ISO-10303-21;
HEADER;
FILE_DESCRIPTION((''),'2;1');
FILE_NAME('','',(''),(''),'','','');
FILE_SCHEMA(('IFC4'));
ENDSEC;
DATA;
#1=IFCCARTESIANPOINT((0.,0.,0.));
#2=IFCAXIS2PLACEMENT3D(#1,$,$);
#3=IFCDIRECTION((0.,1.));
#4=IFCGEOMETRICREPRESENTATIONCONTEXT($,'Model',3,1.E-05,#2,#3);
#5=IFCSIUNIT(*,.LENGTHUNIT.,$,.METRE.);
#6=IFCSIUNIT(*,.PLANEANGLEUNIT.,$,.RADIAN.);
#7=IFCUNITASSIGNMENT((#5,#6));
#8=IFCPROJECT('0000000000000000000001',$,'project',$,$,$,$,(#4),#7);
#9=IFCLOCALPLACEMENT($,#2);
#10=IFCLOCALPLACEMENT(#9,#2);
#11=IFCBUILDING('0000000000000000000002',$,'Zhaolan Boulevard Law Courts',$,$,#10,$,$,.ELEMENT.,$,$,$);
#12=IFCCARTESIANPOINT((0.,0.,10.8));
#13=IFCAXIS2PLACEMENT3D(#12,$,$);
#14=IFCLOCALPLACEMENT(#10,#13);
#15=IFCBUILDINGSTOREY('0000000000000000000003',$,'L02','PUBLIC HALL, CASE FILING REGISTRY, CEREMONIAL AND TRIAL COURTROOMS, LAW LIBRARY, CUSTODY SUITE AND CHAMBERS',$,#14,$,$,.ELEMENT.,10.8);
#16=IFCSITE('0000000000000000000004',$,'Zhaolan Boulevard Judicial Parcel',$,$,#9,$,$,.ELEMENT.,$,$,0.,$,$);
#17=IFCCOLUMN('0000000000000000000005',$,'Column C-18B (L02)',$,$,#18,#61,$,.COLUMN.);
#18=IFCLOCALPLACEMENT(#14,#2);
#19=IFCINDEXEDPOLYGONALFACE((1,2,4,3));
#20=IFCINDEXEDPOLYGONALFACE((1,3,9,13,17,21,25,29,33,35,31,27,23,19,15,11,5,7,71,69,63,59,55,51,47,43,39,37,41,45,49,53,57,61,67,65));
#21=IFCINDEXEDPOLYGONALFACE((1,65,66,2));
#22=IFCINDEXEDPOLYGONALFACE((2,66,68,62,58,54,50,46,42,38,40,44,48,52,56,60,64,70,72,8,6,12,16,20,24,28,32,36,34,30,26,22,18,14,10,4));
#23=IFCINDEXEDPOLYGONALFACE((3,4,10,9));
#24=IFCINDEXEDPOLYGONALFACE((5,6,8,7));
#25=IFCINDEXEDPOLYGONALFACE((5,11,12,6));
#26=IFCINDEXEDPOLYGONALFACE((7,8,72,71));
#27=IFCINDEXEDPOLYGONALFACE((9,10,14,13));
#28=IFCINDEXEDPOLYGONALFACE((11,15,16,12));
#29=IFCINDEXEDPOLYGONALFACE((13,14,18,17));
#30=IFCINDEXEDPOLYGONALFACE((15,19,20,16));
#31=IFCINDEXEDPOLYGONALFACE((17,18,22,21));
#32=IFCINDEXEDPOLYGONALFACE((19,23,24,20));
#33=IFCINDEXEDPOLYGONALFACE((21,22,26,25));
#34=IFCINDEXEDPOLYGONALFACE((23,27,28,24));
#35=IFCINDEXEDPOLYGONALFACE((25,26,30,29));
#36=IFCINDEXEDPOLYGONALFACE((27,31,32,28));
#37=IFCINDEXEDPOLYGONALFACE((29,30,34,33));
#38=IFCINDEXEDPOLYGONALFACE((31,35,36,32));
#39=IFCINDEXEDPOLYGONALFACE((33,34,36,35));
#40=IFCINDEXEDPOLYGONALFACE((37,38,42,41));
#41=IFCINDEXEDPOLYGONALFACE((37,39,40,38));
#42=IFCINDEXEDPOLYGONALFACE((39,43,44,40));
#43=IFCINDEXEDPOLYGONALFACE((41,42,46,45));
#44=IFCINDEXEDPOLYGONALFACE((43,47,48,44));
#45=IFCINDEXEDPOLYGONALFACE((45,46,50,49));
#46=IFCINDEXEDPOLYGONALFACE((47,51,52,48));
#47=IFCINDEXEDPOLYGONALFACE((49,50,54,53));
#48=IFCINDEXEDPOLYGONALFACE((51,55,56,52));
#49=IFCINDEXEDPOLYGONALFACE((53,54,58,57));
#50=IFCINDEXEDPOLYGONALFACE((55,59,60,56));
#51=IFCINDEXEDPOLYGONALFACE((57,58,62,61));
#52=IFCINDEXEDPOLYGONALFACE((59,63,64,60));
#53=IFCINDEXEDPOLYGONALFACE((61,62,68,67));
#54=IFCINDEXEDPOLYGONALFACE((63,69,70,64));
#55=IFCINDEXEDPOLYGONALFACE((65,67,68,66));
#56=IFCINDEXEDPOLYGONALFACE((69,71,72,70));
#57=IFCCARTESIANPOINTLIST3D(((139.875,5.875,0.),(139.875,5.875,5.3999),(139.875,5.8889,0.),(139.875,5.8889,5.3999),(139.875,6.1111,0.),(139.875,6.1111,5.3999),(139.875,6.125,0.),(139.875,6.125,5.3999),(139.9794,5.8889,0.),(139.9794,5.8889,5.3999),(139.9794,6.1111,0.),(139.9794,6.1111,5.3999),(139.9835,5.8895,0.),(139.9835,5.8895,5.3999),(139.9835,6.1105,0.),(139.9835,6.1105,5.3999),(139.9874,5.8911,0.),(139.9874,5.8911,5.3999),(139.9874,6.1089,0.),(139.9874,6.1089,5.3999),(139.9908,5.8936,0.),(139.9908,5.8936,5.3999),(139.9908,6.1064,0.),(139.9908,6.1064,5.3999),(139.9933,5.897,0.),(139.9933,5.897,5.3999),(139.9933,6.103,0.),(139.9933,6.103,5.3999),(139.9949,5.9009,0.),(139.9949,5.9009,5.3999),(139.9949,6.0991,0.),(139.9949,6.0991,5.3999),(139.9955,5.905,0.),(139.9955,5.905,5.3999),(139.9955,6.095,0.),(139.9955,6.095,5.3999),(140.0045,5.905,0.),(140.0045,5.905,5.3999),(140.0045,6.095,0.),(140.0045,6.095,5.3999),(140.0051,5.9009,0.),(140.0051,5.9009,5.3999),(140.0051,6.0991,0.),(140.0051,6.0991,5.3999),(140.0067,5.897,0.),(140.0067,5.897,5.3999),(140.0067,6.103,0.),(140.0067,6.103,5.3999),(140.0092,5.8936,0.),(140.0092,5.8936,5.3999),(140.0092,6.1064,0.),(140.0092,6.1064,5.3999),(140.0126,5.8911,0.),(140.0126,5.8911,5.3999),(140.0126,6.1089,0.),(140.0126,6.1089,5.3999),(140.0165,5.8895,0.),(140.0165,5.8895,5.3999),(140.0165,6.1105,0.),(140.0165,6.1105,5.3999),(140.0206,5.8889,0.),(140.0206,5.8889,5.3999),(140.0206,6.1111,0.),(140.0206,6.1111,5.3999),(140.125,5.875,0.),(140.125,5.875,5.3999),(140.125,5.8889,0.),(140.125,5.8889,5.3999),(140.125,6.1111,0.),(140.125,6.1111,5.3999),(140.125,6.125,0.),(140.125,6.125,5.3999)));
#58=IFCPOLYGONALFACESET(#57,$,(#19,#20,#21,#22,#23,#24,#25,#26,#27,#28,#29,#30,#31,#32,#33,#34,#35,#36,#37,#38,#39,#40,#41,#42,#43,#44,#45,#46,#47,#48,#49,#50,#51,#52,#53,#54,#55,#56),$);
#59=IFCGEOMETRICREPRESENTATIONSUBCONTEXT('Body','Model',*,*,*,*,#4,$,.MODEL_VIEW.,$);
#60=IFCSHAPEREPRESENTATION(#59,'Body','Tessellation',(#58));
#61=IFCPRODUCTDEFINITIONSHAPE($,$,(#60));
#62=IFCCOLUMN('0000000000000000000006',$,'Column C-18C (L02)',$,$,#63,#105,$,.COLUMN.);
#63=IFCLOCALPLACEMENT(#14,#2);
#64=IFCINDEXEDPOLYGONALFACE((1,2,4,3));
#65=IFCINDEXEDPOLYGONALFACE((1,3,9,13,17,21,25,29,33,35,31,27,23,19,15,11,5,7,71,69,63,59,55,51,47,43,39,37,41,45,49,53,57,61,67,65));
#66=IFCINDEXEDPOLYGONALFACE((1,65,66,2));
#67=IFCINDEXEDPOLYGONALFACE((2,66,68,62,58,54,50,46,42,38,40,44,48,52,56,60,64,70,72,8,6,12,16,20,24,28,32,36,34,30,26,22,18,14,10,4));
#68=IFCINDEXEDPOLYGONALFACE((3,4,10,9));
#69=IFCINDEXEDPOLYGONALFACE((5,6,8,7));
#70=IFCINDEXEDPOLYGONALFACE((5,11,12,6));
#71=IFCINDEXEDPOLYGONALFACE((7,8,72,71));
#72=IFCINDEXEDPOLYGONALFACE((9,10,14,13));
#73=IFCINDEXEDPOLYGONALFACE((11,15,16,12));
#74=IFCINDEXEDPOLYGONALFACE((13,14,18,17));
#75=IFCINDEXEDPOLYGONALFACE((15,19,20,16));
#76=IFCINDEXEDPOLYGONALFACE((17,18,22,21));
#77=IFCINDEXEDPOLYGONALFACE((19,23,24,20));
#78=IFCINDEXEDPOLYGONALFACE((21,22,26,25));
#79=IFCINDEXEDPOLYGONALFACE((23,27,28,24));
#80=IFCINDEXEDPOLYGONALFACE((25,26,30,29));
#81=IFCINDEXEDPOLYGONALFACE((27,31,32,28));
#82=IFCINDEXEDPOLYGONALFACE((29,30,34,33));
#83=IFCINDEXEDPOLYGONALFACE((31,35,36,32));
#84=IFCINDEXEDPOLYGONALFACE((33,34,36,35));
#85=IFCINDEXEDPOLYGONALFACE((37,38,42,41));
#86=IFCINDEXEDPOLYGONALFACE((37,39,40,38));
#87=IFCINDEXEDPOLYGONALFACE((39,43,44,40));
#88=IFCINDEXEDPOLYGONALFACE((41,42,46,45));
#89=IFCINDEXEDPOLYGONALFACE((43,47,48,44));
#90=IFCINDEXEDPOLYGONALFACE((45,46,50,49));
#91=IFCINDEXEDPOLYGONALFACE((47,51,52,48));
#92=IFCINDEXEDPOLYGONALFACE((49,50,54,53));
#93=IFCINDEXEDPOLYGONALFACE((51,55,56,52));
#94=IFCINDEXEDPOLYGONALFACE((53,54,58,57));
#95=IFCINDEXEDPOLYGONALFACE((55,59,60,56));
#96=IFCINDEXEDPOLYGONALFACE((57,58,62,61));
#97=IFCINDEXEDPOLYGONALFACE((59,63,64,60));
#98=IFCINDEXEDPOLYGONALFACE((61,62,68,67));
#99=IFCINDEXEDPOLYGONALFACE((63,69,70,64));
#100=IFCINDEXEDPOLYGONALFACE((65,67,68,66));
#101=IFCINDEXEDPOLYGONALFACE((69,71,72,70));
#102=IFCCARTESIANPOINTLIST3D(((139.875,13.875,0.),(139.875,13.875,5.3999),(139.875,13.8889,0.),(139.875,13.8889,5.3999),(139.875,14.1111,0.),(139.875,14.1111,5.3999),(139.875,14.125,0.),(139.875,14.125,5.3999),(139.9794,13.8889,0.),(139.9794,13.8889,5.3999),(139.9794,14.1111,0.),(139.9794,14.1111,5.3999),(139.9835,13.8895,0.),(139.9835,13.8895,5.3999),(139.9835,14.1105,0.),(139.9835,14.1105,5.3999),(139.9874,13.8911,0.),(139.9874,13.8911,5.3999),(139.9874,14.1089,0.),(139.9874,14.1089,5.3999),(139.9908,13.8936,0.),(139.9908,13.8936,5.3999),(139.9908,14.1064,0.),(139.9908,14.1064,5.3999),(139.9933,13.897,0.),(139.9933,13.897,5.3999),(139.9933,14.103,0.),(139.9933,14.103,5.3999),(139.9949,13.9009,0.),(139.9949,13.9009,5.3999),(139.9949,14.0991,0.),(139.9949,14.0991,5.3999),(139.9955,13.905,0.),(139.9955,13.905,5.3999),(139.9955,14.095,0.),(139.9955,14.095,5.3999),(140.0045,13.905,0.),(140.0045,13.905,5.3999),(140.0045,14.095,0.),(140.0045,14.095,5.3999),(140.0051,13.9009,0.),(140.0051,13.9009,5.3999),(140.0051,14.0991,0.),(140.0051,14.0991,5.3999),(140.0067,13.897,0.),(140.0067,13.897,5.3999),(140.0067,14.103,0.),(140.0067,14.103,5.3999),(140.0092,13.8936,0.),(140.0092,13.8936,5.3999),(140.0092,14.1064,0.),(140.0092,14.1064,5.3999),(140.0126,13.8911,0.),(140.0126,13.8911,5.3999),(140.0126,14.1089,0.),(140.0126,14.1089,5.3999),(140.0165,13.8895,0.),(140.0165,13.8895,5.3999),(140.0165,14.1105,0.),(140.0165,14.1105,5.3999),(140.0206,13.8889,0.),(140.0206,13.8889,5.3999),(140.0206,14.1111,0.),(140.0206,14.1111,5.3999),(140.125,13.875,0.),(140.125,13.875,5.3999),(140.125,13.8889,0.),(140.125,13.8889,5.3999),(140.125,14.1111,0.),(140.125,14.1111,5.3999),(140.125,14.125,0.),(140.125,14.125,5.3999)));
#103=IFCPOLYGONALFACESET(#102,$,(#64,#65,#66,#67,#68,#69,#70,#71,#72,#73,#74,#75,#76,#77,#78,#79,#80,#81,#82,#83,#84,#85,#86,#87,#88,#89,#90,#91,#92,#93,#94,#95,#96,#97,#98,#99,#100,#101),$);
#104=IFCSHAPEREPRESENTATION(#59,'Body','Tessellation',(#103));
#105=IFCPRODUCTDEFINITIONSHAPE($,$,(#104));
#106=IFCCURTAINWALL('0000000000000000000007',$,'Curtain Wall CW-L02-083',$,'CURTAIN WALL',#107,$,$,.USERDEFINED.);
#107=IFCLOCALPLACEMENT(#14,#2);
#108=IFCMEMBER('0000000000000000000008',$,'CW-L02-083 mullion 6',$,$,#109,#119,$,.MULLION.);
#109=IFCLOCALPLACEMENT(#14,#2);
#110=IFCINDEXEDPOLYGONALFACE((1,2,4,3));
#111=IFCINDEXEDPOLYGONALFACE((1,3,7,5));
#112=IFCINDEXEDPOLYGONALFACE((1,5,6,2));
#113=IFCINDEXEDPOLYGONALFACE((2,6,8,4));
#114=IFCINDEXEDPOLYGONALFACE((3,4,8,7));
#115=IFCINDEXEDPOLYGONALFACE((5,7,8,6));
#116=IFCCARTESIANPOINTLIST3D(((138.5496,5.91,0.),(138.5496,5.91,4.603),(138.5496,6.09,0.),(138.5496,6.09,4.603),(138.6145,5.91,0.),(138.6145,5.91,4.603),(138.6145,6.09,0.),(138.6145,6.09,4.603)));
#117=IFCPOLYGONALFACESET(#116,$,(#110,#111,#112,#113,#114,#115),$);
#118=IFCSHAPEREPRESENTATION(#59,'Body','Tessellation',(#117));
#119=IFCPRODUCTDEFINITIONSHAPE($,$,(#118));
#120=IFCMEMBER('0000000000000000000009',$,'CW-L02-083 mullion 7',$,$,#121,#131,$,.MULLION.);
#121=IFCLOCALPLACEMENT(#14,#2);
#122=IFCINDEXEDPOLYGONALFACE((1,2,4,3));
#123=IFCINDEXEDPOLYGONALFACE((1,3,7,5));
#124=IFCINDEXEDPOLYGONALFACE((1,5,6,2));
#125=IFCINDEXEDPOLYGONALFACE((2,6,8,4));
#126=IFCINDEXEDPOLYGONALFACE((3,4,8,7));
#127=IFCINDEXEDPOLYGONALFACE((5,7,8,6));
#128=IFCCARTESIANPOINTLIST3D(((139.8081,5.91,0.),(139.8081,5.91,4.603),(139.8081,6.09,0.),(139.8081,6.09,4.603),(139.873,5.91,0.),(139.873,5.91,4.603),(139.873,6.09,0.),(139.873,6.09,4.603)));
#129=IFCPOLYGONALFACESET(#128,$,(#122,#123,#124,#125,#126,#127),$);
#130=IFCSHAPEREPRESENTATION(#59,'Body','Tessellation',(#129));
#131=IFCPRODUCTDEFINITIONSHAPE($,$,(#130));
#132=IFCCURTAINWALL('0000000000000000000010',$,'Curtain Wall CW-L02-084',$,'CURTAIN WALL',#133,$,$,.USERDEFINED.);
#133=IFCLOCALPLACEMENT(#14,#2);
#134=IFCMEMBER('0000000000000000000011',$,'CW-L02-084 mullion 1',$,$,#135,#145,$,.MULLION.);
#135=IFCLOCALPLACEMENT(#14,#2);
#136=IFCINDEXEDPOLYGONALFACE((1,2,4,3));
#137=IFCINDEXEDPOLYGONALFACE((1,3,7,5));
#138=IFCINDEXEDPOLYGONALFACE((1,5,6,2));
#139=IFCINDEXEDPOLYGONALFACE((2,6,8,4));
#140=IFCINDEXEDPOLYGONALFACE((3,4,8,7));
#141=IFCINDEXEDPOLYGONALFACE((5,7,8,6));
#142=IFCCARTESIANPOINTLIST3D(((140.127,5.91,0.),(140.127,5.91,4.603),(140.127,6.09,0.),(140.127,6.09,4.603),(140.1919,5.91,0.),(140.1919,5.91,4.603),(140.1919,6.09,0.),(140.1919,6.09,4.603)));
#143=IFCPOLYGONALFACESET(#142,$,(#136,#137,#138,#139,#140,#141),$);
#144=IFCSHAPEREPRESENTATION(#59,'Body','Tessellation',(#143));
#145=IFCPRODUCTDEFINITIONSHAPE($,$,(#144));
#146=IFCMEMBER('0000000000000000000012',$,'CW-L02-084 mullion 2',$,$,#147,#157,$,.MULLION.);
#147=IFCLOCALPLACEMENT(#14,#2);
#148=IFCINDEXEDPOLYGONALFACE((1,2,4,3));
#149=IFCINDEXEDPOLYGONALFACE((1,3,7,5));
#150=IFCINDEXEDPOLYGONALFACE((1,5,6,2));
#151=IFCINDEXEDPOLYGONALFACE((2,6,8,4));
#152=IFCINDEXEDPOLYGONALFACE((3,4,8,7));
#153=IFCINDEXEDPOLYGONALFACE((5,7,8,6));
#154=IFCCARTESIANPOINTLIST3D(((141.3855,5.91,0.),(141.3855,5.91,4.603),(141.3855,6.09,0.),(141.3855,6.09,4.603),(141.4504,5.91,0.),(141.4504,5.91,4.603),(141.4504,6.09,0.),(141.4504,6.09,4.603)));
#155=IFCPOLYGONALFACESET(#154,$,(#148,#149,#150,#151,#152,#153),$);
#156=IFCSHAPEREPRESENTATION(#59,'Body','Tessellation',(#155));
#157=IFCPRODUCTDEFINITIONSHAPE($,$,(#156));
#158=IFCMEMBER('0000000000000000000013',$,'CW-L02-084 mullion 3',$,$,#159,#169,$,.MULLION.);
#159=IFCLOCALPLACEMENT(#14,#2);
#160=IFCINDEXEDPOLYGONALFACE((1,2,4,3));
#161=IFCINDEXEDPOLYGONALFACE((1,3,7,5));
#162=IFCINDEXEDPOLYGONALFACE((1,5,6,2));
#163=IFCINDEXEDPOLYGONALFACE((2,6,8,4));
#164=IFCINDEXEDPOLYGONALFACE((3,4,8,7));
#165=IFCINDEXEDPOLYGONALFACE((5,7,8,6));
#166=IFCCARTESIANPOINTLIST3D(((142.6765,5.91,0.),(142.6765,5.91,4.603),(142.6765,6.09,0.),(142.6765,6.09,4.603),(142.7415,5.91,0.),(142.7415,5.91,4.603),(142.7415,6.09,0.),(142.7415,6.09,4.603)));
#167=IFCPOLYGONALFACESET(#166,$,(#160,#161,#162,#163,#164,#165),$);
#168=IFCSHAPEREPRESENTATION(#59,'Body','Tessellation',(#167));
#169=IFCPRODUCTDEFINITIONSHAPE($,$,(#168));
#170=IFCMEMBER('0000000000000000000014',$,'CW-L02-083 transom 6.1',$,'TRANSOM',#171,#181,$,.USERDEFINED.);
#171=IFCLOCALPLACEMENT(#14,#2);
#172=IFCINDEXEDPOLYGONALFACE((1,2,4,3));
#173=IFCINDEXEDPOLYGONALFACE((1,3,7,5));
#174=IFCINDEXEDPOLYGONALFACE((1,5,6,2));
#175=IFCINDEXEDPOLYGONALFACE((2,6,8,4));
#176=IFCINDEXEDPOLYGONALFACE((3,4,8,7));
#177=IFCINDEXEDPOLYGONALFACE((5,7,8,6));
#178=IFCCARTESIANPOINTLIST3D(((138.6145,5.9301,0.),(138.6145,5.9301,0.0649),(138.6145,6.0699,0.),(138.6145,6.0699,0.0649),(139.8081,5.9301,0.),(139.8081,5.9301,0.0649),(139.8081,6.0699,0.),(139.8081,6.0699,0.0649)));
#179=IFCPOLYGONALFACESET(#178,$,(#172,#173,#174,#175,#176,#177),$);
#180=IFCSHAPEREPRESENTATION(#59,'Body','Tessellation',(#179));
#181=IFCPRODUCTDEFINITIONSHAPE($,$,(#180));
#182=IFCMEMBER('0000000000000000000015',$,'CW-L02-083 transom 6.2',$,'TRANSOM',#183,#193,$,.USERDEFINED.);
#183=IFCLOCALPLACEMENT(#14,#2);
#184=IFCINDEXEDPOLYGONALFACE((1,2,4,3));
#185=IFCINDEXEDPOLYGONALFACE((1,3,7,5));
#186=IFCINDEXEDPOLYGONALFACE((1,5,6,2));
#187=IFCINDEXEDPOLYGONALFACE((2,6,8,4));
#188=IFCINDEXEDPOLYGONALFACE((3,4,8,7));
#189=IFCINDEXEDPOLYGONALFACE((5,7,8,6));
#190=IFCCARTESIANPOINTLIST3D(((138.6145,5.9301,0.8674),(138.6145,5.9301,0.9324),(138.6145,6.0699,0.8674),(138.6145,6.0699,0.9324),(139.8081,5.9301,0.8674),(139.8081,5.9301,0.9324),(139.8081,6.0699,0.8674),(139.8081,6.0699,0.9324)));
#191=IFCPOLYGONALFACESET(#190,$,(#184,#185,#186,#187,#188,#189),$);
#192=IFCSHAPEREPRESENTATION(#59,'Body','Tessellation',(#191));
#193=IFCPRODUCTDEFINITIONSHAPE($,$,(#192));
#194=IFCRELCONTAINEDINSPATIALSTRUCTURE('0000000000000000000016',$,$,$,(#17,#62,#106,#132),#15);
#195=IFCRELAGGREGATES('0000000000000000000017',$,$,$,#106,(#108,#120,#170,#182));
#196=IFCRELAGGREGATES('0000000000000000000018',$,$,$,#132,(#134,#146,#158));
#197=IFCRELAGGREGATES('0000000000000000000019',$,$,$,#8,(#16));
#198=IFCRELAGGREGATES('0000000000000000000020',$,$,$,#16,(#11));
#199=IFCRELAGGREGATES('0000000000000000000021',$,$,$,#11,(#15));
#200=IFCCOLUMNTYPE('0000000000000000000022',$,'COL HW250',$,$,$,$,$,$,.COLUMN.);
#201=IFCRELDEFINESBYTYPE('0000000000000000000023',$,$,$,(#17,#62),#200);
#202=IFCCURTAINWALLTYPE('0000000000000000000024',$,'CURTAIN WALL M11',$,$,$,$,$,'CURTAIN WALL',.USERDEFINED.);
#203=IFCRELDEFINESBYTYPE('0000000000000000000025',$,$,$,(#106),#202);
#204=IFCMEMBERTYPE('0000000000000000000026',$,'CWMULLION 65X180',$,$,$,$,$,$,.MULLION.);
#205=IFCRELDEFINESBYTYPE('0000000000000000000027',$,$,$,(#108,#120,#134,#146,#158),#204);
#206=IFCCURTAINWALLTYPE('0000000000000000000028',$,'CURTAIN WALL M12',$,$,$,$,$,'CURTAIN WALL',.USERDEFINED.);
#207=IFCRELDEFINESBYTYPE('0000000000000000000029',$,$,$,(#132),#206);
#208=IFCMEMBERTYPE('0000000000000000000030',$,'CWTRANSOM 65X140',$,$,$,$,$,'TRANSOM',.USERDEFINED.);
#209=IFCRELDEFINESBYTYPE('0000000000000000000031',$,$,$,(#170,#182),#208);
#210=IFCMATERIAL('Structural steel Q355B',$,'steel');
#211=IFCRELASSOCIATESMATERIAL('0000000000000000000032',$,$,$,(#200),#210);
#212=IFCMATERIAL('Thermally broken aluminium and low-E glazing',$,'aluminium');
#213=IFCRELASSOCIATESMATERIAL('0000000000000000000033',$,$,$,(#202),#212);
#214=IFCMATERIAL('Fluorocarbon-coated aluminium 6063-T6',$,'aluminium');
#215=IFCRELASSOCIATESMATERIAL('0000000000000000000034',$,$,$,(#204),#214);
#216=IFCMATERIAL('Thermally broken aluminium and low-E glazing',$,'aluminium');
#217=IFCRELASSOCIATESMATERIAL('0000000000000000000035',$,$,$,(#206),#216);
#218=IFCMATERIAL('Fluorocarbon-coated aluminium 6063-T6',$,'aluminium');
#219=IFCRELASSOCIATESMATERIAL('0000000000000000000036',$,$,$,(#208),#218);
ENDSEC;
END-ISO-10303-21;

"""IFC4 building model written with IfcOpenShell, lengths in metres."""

from ifc_helpers import new_model, si_unit, direction, frame, origin, origin_2d, place, context, subcontext, project, spatial, rectangle, i_section, extrude, material, material_profile, profile_set, type_object, element, aggregate, save


model = new_model("IFC4")

# Units and contexts
model_context = context("Model", 3, precision=1e-05, world=origin(), true_north=direction((0.0, 1.0)))
body_context = subcontext(model_context, "Body", "Model", "MODEL_VIEW")
ifc_project = project(units=[si_unit("LENGTHUNIT", "METRE"), si_unit("PLANEANGLEUNIT", "RADIAN")], contexts=[model_context])

# Site, building, storey
site_placement = place(None, origin())
site = spatial("IfcSite", under=ifc_project, at=site_placement, Name="Zhaolan Boulevard Judicial Parcel", CompositionType="ELEMENT", RefElevation=0.0)
building_placement = place(site_placement, origin())
building = spatial("IfcBuilding", under=site, at=building_placement, Name="Zhaolan Boulevard Law Courts", CompositionType="ELEMENT")
storey_placement = place(building_placement, frame((0.0, 0.0, 10.8)))
storey = spatial("IfcBuildingStorey", under=building, at=storey_placement, Name="L02", Description="PUBLIC HALL, CASE FILING REGISTRY, CEREMONIAL AND TRIAL COURTROOMS, LAW LIBRARY, CUSTODY SUITE AND CHAMBERS", CompositionType="ELEMENT", Elevation=10.8)

# Columns
ifc_material_1 = material(Name="Structural steel Q355B", Category="steel")
ifc_material_profile_1 = material_profile(ifc_material_1, i_section(OverallWidth=0.25, OverallDepth=0.25, WebThickness=0.009, FlangeThickness=0.0139, FilletRadius=0.0161, at=origin_2d()), Name="HW250x250")
ifc_profile_set_1 = profile_set([ifc_material_profile_1], Name="Structural steel Q355B")
column_type = type_object("IfcColumnType", Name="COL HW250", PredefinedType="COLUMN", material=ifc_profile_set_1)
for number, where, z_axis, x_axis, name in (
    (1, (140.0, 6.0, 0.0), (0.0, 0.0, 1.0), (1.0, 0.0, 0.0), "Column C-18B (L02)"),
    (2, (140.0, 14.0, 0.0), (0.0, 0.0, 1.0), (1.0, 0.0, 0.0), "Column C-18C (L02)"),
):
    element("IfcColumn", number, at=place(storey_placement, frame(where, z_axis=z_axis, x_axis=x_axis)), inside=storey, type_object=column_type, Name=name, PredefinedType="COLUMN", context=body_context, shape_type="SweptSolid", body=[
        extrude(i_section(OverallWidth=0.25, OverallDepth=0.25, WebThickness=0.009, FlangeThickness=0.0139, FilletRadius=0.0161, at=origin_2d()), origin(), (0.0, 0.0, 1.0), 5.3999),
    ])

# Curtain walls, members
ifc_material_2 = material(Name="Thermally broken aluminium and low-E glazing", Category="aluminium")
curtain_wall_type_1 = type_object("IfcCurtainWallType", Name="CURTAIN WALL M11", ElementType="CURTAIN WALL", PredefinedType="USERDEFINED", material=ifc_material_2)
curtain_wall_1_placement = place(storey_placement, origin())
curtain_wall_1 = element("IfcCurtainWall", 3, at=curtain_wall_1_placement, inside=storey, type_object=curtain_wall_type_1, Name="Curtain Wall CW-L02-083", ObjectType="CURTAIN WALL", PredefinedType="USERDEFINED")
ifc_material_3 = material(Name="Fluorocarbon-coated aluminium 6063-T6", Category="aluminium")
ifc_material_profile_2 = material_profile(ifc_material_3, rectangle(XDim=0.1799, YDim=0.0649, at=origin_2d()), Name="AL65x180")
ifc_profile_set_2 = profile_set([ifc_material_profile_2], Name="Fluorocarbon-coated aluminium 6063-T6")
member_type_1 = type_object("IfcMemberType", Name="CWMULLION 65X180", PredefinedType="MULLION", material=ifc_profile_set_2)
member_1_placement = place(storey_placement, frame((138.582, 6.0, 0.0), z_axis=(0.0, 0.0, 1.0), x_axis=(0.0, 1.0, 0.0)))
member_1 = element("IfcMember", 4, at=member_1_placement, type_object=member_type_1, Name="CW-L02-083 mullion 6", PredefinedType="MULLION", context=body_context, shape_type="SweptSolid", body=[
    extrude(rectangle(XDim=0.1799, YDim=0.0649, at=origin_2d()), origin(), (0.0, 0.0, 1.0), 4.603),
])
member_2_placement = place(storey_placement, frame((139.8406, 6.0, 0.0), z_axis=(0.0, 0.0, 1.0), x_axis=(0.0, 1.0, 0.0)))
member_2 = element("IfcMember", 5, at=member_2_placement, type_object=member_type_1, Name="CW-L02-083 mullion 7", PredefinedType="MULLION", context=body_context, shape_type="SweptSolid", body=[
    extrude(rectangle(XDim=0.1799, YDim=0.0649, at=origin_2d()), origin(), (0.0, 0.0, 1.0), 4.603),
])
ifc_material_4 = material(Name="Thermally broken aluminium and low-E glazing", Category="aluminium")
curtain_wall_type_2 = type_object("IfcCurtainWallType", Name="CURTAIN WALL M12", ElementType="CURTAIN WALL", PredefinedType="USERDEFINED", material=ifc_material_4)
curtain_wall_2_placement = place(storey_placement, origin())
curtain_wall_2 = element("IfcCurtainWall", 6, at=curtain_wall_2_placement, inside=storey, type_object=curtain_wall_type_2, Name="Curtain Wall CW-L02-084", ObjectType="CURTAIN WALL", PredefinedType="USERDEFINED")
member_3_placement = place(storey_placement, frame((140.1594, 6.0, 0.0), z_axis=(0.0, 0.0, 1.0), x_axis=(0.0, 1.0, 0.0)))
member_3 = element("IfcMember", 7, at=member_3_placement, type_object=member_type_1, Name="CW-L02-084 mullion 1", PredefinedType="MULLION", context=body_context, shape_type="SweptSolid", body=[
    extrude(rectangle(XDim=0.1799, YDim=0.0649, at=origin_2d()), origin(), (0.0, 0.0, 1.0), 4.603),
])
member_4_placement = place(storey_placement, frame((141.418, 6.0, 0.0), z_axis=(0.0, 0.0, 1.0), x_axis=(0.0, 1.0, 0.0)))
member_4 = element("IfcMember", 8, at=member_4_placement, type_object=member_type_1, Name="CW-L02-084 mullion 2", PredefinedType="MULLION", context=body_context, shape_type="SweptSolid", body=[
    extrude(rectangle(XDim=0.1799, YDim=0.0649, at=origin_2d()), origin(), (0.0, 0.0, 1.0), 4.603),
])
member_5_placement = place(storey_placement, frame((142.709, 6.0, 0.0), z_axis=(0.0, 0.0, 1.0), x_axis=(0.0, 1.0, 0.0)))
member_5 = element("IfcMember", 9, at=member_5_placement, type_object=member_type_1, Name="CW-L02-084 mullion 3", PredefinedType="MULLION", context=body_context, shape_type="SweptSolid", body=[
    extrude(rectangle(XDim=0.1799, YDim=0.0649, at=origin_2d()), origin(), (0.0, 0.0, 1.0), 4.603),
])

# Members
ifc_material_5 = material(Name="Fluorocarbon-coated aluminium 6063-T6", Category="aluminium")
ifc_material_profile_3 = material_profile(ifc_material_5, rectangle(XDim=0.1399, YDim=0.0649, at=origin_2d()), Name="AL65x140")
ifc_profile_set_3 = profile_set([ifc_material_profile_3], Name="Fluorocarbon-coated aluminium 6063-T6")
member_type_2 = type_object("IfcMemberType", Name="CWTRANSOM 65X140", ElementType="TRANSOM", PredefinedType="USERDEFINED", material=ifc_profile_set_3)
member_6_placement = place(storey_placement, frame((138.6145, 6.0, 0.0325), z_axis=(1.0, 0.0, 0.0), x_axis=(0.0, 1.0, 0.0)))
member_6 = element("IfcMember", 10, at=member_6_placement, type_object=member_type_2, Name="CW-L02-083 transom 6.1", ObjectType="TRANSOM", PredefinedType="USERDEFINED", context=body_context, shape_type="SweptSolid", body=[
    extrude(rectangle(XDim=0.1399, YDim=0.0649, at=origin_2d()), origin(), (0.0, 0.0, 1.0), 1.1936),
])
member_7_placement = place(storey_placement, frame((138.6145, 6.0, 0.8999), z_axis=(1.0, 0.0, 0.0), x_axis=(0.0, 1.0, 0.0)))
member_7 = element("IfcMember", 11, at=member_7_placement, type_object=member_type_2, Name="CW-L02-083 transom 6.2", ObjectType="TRANSOM", PredefinedType="USERDEFINED", context=body_context, shape_type="SweptSolid", body=[
    extrude(rectangle(XDim=0.1399, YDim=0.0649, at=origin_2d()), origin(), (0.0, 0.0, 1.0), 1.1936),
])

aggregate(curtain_wall_1, [member_1, member_2, member_6, member_7])
aggregate(curtain_wall_2, [member_3, member_4, member_5])

save(model, "model.ifc")
